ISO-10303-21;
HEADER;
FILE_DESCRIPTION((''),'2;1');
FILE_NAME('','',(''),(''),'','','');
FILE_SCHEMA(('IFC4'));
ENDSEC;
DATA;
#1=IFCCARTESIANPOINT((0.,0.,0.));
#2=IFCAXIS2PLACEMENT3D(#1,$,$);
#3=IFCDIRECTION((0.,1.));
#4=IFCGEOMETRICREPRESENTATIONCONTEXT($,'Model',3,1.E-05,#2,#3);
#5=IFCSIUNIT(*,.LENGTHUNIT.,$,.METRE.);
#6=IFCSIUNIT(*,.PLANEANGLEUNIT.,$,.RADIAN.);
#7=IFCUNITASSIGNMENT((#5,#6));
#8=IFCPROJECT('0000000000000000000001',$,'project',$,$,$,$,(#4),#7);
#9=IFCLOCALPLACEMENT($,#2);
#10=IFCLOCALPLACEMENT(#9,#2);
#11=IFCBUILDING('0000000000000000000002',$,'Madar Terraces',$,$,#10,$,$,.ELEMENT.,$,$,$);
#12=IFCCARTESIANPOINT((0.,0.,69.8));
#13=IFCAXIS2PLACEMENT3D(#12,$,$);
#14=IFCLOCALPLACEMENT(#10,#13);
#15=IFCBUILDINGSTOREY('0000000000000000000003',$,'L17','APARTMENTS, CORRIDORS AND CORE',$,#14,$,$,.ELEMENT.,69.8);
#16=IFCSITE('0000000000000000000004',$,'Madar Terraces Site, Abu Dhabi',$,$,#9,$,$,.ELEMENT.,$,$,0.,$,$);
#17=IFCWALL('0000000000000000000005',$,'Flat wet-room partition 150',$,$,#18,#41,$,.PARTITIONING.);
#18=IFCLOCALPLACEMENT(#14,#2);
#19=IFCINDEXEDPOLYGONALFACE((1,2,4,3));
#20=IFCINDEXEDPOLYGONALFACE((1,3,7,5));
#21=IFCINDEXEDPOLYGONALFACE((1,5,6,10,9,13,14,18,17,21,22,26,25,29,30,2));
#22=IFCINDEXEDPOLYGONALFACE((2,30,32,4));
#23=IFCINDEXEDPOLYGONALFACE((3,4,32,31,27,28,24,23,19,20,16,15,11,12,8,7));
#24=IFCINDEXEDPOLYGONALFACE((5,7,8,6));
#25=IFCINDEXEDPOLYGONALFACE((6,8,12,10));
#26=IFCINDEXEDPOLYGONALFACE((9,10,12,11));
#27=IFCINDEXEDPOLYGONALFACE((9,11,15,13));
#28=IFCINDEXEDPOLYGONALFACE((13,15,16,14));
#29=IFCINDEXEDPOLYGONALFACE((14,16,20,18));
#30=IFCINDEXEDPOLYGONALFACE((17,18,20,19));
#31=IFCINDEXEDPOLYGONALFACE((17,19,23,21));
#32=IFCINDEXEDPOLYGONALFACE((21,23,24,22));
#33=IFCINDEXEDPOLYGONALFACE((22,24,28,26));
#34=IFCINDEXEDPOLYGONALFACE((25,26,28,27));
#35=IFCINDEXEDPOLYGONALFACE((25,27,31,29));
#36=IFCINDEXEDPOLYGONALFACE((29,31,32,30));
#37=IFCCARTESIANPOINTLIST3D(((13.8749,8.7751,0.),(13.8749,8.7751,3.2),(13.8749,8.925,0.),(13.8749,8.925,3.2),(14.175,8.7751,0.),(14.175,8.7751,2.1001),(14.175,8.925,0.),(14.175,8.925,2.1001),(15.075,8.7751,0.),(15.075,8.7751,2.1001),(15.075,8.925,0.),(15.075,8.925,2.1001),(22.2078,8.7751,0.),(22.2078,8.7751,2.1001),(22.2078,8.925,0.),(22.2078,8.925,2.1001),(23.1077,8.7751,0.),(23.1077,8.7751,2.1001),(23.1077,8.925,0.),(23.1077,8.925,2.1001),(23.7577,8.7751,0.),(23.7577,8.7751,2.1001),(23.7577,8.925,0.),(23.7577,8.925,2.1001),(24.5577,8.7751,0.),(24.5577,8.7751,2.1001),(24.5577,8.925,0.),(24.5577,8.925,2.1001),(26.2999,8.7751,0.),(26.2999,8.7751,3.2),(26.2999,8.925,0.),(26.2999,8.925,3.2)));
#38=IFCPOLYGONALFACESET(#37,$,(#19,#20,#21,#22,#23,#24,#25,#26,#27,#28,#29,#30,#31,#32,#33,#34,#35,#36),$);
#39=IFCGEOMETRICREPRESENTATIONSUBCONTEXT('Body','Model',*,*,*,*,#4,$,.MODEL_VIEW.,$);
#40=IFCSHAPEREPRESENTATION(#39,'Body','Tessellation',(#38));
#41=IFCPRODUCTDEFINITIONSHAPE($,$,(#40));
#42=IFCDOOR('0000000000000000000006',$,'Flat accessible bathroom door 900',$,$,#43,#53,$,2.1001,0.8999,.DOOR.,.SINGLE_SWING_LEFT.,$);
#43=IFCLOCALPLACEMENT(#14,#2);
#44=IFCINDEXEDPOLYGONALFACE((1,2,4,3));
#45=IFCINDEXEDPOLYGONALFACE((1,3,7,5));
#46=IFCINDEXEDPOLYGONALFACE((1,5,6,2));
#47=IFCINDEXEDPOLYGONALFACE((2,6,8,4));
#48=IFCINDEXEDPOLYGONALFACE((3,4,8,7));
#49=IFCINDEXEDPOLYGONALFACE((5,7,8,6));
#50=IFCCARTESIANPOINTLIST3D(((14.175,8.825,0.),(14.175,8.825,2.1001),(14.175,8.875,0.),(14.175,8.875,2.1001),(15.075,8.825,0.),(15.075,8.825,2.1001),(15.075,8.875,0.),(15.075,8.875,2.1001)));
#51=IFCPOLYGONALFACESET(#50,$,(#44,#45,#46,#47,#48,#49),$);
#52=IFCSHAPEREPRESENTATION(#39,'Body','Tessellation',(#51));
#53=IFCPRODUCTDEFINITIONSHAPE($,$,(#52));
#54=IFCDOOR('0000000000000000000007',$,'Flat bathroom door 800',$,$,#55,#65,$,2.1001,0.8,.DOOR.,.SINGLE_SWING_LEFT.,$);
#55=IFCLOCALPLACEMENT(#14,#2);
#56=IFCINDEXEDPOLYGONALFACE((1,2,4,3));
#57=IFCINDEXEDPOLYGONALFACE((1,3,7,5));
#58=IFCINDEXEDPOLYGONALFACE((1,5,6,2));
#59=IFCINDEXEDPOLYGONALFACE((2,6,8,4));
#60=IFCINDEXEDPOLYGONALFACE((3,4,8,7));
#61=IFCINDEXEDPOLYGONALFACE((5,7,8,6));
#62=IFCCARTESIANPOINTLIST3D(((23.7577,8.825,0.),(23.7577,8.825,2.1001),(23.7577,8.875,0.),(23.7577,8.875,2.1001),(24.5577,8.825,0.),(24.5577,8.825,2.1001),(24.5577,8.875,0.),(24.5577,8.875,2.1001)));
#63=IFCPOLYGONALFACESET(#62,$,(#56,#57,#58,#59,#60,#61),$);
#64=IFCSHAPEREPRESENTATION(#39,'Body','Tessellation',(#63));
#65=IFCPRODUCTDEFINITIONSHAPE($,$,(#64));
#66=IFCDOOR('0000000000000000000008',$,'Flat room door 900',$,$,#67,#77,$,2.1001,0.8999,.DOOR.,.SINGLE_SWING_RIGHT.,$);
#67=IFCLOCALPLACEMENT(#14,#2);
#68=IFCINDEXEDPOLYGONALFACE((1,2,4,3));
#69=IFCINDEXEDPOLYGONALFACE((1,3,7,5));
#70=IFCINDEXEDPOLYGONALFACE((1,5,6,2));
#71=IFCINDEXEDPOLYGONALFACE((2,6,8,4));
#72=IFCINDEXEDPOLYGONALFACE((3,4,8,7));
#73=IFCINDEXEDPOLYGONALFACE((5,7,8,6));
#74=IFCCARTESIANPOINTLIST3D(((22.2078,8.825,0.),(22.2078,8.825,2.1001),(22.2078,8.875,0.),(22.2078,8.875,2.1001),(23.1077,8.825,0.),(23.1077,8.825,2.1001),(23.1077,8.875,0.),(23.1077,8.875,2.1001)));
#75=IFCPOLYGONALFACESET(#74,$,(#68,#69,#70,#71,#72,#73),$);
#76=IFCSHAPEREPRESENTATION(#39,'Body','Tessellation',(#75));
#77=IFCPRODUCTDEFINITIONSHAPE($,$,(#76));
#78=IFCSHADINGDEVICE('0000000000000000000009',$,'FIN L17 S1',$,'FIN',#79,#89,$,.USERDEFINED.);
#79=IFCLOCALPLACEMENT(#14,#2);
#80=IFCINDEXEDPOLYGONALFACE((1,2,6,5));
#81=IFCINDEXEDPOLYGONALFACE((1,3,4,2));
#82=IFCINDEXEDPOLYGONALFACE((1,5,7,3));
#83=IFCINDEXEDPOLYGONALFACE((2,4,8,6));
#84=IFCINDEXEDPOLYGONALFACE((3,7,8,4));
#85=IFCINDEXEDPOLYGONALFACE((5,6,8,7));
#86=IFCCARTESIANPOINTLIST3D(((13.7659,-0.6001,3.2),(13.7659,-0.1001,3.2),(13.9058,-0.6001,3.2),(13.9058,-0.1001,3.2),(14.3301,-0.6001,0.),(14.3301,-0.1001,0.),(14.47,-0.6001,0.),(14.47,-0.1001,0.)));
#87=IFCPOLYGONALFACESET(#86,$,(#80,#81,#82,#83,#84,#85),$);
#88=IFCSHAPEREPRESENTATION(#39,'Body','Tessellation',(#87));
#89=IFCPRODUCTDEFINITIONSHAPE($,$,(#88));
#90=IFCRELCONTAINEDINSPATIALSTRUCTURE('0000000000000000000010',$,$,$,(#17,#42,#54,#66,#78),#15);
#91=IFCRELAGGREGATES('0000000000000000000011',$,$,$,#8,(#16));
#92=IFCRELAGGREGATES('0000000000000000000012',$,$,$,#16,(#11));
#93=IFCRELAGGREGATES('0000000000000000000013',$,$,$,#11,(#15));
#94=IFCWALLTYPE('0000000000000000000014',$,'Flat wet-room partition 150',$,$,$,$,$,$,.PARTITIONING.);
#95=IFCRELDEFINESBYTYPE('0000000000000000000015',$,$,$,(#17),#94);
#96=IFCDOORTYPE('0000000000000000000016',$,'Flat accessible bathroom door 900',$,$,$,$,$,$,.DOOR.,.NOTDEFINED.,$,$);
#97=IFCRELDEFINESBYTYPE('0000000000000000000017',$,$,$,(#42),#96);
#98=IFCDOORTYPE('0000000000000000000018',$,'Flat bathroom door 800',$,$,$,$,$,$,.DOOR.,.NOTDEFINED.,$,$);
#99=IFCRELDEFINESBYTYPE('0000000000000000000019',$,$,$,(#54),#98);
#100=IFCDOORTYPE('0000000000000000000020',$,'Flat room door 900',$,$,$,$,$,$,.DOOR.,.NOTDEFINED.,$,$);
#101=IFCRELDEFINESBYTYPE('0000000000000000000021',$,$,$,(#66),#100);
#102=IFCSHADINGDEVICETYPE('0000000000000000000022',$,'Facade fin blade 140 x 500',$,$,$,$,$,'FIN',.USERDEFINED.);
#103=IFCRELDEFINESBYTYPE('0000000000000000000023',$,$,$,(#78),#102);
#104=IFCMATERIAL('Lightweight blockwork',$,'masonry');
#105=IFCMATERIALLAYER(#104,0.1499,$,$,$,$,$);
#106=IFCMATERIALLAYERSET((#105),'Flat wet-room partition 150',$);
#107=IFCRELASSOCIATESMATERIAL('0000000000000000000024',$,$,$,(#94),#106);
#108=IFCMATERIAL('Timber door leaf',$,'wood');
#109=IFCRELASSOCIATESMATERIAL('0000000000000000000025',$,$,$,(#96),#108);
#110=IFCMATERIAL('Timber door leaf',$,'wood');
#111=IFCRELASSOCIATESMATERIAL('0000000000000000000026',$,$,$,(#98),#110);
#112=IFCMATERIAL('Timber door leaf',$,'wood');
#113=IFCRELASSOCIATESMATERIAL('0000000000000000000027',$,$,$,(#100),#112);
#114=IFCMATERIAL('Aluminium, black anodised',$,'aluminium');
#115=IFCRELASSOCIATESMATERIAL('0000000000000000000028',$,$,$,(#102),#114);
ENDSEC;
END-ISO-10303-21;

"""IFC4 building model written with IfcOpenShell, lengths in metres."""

from ifc_helpers import new_model, si_unit, direction, frame, frame_2d, origin, place, context, subcontext, project, spatial, polyline, rectangle, outline, extrude, material, layer, layer_set, type_object, element, fill, save


model = new_model("IFC4")

# Units and contexts
model_context = context("Model", 3, precision=1e-05, world=origin(), true_north=direction((0.0, 1.0)))
body_context = subcontext(model_context, "Body", "Model", "MODEL_VIEW")
ifc_project = project(units=[si_unit("LENGTHUNIT", "METRE"), si_unit("PLANEANGLEUNIT", "RADIAN")], contexts=[model_context])

# Site, building, storey
site_placement = place(None, origin())
site = spatial("IfcSite", under=ifc_project, at=site_placement, Name="Madar Terraces Site, Abu Dhabi", CompositionType="ELEMENT", RefElevation=0.0)
building_placement = place(site_placement, origin())
building = spatial("IfcBuilding", under=site, at=building_placement, Name="Madar Terraces", CompositionType="ELEMENT")
storey_placement = place(building_placement, frame((0.0, 0.0, 69.8)))
storey = spatial("IfcBuildingStorey", under=building, at=storey_placement, Name="L17", Description="APARTMENTS, CORRIDORS AND CORE", CompositionType="ELEMENT", Elevation=69.8)

# Shared definitions
ifc_material_1 = material(Name="Lightweight blockwork", Category="masonry")
ifc_layer_1 = layer(ifc_material_1, 0.1499)
ifc_layer_set_1 = layer_set([ifc_layer_1], Name="Flat wet-room partition 150")
wall_type_1 = type_object("IfcWallType", Name="Flat wet-room partition 150", PredefinedType="PARTITIONING", material=ifc_layer_set_1)

# Wall, openings, doors
wall_1_placement = place(storey_placement, frame((13.875, 8.8501, 0.0), z_axis=(0.0, 0.0, 1.0), x_axis=(1.0, 0.0, 0.0)))
wall_1 = element("IfcWall", 1, at=wall_1_placement, inside=storey, type_object=wall_type_1, Name="Flat wet-room partition 150", PredefinedType="PARTITIONING", context=body_context, shape_type="SweptSolid", body=[
    extrude(rectangle(XDim=12.425, YDim=0.1499, at=frame_2d((6.2124, 0.0))), origin(), (0.0, 0.0, 1.0), 3.2),
])
opening_1_placement = place(wall_1_placement, frame((0.3, 0.0, 0.0)))
opening_1 = element("IfcOpeningElement", 2, at=opening_1_placement, cuts=wall_1, PredefinedType="OPENING", context=body_context, shape_type="SweptSolid", body=[
    extrude(rectangle(XDim=0.8999, YDim=2.1001, at=frame_2d((0.45, 1.05))), frame((0.0, 0.085, 0.0), z_axis=(0.0, -1.0, 0.0), x_axis=(1.0, 0.0, 0.0)), (0.0, 0.0, 1.0), 0.1699),
])
opening_2_placement = place(wall_1_placement, frame((8.3328, 0.0, 0.0)))
opening_2 = element("IfcOpeningElement", 3, at=opening_2_placement, cuts=wall_1, PredefinedType="OPENING", context=body_context, shape_type="SweptSolid", body=[
    extrude(rectangle(XDim=0.8999, YDim=2.1001, at=frame_2d((0.45, 1.05))), frame((0.0, 0.085, 0.0), z_axis=(0.0, -1.0, 0.0), x_axis=(1.0, 0.0, 0.0)), (0.0, 0.0, 1.0), 0.1699),
])
opening_3_placement = place(wall_1_placement, frame((9.8828, 0.0, 0.0)))
opening_3 = element("IfcOpeningElement", 4, at=opening_3_placement, cuts=wall_1, PredefinedType="OPENING", context=body_context, shape_type="SweptSolid", body=[
    extrude(rectangle(XDim=0.8, YDim=2.1001, at=frame_2d((0.3999, 1.05))), frame((0.0, 0.085, 0.0), z_axis=(0.0, -1.0, 0.0), x_axis=(1.0, 0.0, 0.0)), (0.0, 0.0, 1.0), 0.1699),
])
ifc_material_2 = material(Name="Timber door leaf", Category="wood")
door_type_1 = type_object("IfcDoorType", Name="Flat accessible bathroom door 900", OperationType="NOTDEFINED", PredefinedType="DOOR", material=ifc_material_2)
door_1_placement = place(opening_1_placement, origin())
door_1 = element("IfcDoor", 5, at=door_1_placement, inside=storey, type_object=door_type_1, Name="Flat accessible bathroom door 900", OperationType="SINGLE_SWING_LEFT", OverallHeight=2.1001, OverallWidth=0.8999, PredefinedType="DOOR", context=body_context, shape_type="SweptSolid", body=[
    extrude(rectangle(XDim=0.8999, YDim=2.1001, at=frame_2d((0.45, 1.05))), frame((0.0, 0.0249, 0.0), z_axis=(0.0, -1.0, 0.0), x_axis=(1.0, 0.0, 0.0)), (0.0, 0.0, 1.0), 0.05),
])
fill(opening_1, door_1)
ifc_material_3 = material(Name="Timber door leaf", Category="wood")
door_type_2 = type_object("IfcDoorType", Name="Flat bathroom door 800", OperationType="NOTDEFINED", PredefinedType="DOOR", material=ifc_material_3)
door_2_placement = place(opening_3_placement, origin())
door_2 = element("IfcDoor", 6, at=door_2_placement, inside=storey, type_object=door_type_2, Name="Flat bathroom door 800", OperationType="SINGLE_SWING_LEFT", OverallHeight=2.1001, OverallWidth=0.8, PredefinedType="DOOR", context=body_context, shape_type="SweptSolid", body=[
    extrude(rectangle(XDim=0.8, YDim=2.1001, at=frame_2d((0.3999, 1.05))), frame((0.0, 0.0249, 0.0), z_axis=(0.0, -1.0, 0.0), x_axis=(1.0, 0.0, 0.0)), (0.0, 0.0, 1.0), 0.05),
])
fill(opening_3, door_2)
ifc_material_4 = material(Name="Timber door leaf", Category="wood")
door_type_3 = type_object("IfcDoorType", Name="Flat room door 900", OperationType="NOTDEFINED", PredefinedType="DOOR", material=ifc_material_4)
door_3_placement = place(opening_2_placement, origin())
door_3 = element("IfcDoor", 7, at=door_3_placement, inside=storey, type_object=door_type_3, Name="Flat room door 900", OperationType="SINGLE_SWING_RIGHT", OverallHeight=2.1001, OverallWidth=0.8999, PredefinedType="DOOR", context=body_context, shape_type="SweptSolid", body=[
    extrude(rectangle(XDim=0.8999, YDim=2.1001, at=frame_2d((0.45, 1.05))), frame((0.0, 0.0249, 0.0), z_axis=(0.0, -1.0, 0.0), x_axis=(1.0, 0.0, 0.0)), (0.0, 0.0, 1.0), 0.05),
])
fill(opening_2, door_3)

# Shading device
ifc_material_5 = material(Name="Aluminium, black anodised", Category="aluminium")
shading_device_type = type_object("IfcShadingDeviceType", Name="Facade fin blade 140 x 500", ElementType="FIN", PredefinedType="USERDEFINED", material=ifc_material_5)
shading_device_placement = place(storey_placement, frame((14.3301, -0.3501, 0.0), z_axis=(0.0, 0.0, 1.0), x_axis=(1.0, 0.0, 0.0)))
element("IfcShadingDevice", 8, at=shading_device_placement, inside=storey, type_object=shading_device_type, Name="FIN L17 S1", ObjectType="FIN", PredefinedType="USERDEFINED", context=body_context, shape_type="SweptSolid", body=[
    extrude(outline(polyline([(0.0, 0.0), (0.1399, 0.0), (-0.4243, 3.2), (-0.5642, 3.2), (0.0, 0.0)])), frame((0.0, 0.25, 0.0), z_axis=(0.0, -1.0, 0.0), x_axis=(1.0, 0.0, 0.0)), (0.0, 0.0, 1.0), 0.5),
])

save(model, "model.ifc")
